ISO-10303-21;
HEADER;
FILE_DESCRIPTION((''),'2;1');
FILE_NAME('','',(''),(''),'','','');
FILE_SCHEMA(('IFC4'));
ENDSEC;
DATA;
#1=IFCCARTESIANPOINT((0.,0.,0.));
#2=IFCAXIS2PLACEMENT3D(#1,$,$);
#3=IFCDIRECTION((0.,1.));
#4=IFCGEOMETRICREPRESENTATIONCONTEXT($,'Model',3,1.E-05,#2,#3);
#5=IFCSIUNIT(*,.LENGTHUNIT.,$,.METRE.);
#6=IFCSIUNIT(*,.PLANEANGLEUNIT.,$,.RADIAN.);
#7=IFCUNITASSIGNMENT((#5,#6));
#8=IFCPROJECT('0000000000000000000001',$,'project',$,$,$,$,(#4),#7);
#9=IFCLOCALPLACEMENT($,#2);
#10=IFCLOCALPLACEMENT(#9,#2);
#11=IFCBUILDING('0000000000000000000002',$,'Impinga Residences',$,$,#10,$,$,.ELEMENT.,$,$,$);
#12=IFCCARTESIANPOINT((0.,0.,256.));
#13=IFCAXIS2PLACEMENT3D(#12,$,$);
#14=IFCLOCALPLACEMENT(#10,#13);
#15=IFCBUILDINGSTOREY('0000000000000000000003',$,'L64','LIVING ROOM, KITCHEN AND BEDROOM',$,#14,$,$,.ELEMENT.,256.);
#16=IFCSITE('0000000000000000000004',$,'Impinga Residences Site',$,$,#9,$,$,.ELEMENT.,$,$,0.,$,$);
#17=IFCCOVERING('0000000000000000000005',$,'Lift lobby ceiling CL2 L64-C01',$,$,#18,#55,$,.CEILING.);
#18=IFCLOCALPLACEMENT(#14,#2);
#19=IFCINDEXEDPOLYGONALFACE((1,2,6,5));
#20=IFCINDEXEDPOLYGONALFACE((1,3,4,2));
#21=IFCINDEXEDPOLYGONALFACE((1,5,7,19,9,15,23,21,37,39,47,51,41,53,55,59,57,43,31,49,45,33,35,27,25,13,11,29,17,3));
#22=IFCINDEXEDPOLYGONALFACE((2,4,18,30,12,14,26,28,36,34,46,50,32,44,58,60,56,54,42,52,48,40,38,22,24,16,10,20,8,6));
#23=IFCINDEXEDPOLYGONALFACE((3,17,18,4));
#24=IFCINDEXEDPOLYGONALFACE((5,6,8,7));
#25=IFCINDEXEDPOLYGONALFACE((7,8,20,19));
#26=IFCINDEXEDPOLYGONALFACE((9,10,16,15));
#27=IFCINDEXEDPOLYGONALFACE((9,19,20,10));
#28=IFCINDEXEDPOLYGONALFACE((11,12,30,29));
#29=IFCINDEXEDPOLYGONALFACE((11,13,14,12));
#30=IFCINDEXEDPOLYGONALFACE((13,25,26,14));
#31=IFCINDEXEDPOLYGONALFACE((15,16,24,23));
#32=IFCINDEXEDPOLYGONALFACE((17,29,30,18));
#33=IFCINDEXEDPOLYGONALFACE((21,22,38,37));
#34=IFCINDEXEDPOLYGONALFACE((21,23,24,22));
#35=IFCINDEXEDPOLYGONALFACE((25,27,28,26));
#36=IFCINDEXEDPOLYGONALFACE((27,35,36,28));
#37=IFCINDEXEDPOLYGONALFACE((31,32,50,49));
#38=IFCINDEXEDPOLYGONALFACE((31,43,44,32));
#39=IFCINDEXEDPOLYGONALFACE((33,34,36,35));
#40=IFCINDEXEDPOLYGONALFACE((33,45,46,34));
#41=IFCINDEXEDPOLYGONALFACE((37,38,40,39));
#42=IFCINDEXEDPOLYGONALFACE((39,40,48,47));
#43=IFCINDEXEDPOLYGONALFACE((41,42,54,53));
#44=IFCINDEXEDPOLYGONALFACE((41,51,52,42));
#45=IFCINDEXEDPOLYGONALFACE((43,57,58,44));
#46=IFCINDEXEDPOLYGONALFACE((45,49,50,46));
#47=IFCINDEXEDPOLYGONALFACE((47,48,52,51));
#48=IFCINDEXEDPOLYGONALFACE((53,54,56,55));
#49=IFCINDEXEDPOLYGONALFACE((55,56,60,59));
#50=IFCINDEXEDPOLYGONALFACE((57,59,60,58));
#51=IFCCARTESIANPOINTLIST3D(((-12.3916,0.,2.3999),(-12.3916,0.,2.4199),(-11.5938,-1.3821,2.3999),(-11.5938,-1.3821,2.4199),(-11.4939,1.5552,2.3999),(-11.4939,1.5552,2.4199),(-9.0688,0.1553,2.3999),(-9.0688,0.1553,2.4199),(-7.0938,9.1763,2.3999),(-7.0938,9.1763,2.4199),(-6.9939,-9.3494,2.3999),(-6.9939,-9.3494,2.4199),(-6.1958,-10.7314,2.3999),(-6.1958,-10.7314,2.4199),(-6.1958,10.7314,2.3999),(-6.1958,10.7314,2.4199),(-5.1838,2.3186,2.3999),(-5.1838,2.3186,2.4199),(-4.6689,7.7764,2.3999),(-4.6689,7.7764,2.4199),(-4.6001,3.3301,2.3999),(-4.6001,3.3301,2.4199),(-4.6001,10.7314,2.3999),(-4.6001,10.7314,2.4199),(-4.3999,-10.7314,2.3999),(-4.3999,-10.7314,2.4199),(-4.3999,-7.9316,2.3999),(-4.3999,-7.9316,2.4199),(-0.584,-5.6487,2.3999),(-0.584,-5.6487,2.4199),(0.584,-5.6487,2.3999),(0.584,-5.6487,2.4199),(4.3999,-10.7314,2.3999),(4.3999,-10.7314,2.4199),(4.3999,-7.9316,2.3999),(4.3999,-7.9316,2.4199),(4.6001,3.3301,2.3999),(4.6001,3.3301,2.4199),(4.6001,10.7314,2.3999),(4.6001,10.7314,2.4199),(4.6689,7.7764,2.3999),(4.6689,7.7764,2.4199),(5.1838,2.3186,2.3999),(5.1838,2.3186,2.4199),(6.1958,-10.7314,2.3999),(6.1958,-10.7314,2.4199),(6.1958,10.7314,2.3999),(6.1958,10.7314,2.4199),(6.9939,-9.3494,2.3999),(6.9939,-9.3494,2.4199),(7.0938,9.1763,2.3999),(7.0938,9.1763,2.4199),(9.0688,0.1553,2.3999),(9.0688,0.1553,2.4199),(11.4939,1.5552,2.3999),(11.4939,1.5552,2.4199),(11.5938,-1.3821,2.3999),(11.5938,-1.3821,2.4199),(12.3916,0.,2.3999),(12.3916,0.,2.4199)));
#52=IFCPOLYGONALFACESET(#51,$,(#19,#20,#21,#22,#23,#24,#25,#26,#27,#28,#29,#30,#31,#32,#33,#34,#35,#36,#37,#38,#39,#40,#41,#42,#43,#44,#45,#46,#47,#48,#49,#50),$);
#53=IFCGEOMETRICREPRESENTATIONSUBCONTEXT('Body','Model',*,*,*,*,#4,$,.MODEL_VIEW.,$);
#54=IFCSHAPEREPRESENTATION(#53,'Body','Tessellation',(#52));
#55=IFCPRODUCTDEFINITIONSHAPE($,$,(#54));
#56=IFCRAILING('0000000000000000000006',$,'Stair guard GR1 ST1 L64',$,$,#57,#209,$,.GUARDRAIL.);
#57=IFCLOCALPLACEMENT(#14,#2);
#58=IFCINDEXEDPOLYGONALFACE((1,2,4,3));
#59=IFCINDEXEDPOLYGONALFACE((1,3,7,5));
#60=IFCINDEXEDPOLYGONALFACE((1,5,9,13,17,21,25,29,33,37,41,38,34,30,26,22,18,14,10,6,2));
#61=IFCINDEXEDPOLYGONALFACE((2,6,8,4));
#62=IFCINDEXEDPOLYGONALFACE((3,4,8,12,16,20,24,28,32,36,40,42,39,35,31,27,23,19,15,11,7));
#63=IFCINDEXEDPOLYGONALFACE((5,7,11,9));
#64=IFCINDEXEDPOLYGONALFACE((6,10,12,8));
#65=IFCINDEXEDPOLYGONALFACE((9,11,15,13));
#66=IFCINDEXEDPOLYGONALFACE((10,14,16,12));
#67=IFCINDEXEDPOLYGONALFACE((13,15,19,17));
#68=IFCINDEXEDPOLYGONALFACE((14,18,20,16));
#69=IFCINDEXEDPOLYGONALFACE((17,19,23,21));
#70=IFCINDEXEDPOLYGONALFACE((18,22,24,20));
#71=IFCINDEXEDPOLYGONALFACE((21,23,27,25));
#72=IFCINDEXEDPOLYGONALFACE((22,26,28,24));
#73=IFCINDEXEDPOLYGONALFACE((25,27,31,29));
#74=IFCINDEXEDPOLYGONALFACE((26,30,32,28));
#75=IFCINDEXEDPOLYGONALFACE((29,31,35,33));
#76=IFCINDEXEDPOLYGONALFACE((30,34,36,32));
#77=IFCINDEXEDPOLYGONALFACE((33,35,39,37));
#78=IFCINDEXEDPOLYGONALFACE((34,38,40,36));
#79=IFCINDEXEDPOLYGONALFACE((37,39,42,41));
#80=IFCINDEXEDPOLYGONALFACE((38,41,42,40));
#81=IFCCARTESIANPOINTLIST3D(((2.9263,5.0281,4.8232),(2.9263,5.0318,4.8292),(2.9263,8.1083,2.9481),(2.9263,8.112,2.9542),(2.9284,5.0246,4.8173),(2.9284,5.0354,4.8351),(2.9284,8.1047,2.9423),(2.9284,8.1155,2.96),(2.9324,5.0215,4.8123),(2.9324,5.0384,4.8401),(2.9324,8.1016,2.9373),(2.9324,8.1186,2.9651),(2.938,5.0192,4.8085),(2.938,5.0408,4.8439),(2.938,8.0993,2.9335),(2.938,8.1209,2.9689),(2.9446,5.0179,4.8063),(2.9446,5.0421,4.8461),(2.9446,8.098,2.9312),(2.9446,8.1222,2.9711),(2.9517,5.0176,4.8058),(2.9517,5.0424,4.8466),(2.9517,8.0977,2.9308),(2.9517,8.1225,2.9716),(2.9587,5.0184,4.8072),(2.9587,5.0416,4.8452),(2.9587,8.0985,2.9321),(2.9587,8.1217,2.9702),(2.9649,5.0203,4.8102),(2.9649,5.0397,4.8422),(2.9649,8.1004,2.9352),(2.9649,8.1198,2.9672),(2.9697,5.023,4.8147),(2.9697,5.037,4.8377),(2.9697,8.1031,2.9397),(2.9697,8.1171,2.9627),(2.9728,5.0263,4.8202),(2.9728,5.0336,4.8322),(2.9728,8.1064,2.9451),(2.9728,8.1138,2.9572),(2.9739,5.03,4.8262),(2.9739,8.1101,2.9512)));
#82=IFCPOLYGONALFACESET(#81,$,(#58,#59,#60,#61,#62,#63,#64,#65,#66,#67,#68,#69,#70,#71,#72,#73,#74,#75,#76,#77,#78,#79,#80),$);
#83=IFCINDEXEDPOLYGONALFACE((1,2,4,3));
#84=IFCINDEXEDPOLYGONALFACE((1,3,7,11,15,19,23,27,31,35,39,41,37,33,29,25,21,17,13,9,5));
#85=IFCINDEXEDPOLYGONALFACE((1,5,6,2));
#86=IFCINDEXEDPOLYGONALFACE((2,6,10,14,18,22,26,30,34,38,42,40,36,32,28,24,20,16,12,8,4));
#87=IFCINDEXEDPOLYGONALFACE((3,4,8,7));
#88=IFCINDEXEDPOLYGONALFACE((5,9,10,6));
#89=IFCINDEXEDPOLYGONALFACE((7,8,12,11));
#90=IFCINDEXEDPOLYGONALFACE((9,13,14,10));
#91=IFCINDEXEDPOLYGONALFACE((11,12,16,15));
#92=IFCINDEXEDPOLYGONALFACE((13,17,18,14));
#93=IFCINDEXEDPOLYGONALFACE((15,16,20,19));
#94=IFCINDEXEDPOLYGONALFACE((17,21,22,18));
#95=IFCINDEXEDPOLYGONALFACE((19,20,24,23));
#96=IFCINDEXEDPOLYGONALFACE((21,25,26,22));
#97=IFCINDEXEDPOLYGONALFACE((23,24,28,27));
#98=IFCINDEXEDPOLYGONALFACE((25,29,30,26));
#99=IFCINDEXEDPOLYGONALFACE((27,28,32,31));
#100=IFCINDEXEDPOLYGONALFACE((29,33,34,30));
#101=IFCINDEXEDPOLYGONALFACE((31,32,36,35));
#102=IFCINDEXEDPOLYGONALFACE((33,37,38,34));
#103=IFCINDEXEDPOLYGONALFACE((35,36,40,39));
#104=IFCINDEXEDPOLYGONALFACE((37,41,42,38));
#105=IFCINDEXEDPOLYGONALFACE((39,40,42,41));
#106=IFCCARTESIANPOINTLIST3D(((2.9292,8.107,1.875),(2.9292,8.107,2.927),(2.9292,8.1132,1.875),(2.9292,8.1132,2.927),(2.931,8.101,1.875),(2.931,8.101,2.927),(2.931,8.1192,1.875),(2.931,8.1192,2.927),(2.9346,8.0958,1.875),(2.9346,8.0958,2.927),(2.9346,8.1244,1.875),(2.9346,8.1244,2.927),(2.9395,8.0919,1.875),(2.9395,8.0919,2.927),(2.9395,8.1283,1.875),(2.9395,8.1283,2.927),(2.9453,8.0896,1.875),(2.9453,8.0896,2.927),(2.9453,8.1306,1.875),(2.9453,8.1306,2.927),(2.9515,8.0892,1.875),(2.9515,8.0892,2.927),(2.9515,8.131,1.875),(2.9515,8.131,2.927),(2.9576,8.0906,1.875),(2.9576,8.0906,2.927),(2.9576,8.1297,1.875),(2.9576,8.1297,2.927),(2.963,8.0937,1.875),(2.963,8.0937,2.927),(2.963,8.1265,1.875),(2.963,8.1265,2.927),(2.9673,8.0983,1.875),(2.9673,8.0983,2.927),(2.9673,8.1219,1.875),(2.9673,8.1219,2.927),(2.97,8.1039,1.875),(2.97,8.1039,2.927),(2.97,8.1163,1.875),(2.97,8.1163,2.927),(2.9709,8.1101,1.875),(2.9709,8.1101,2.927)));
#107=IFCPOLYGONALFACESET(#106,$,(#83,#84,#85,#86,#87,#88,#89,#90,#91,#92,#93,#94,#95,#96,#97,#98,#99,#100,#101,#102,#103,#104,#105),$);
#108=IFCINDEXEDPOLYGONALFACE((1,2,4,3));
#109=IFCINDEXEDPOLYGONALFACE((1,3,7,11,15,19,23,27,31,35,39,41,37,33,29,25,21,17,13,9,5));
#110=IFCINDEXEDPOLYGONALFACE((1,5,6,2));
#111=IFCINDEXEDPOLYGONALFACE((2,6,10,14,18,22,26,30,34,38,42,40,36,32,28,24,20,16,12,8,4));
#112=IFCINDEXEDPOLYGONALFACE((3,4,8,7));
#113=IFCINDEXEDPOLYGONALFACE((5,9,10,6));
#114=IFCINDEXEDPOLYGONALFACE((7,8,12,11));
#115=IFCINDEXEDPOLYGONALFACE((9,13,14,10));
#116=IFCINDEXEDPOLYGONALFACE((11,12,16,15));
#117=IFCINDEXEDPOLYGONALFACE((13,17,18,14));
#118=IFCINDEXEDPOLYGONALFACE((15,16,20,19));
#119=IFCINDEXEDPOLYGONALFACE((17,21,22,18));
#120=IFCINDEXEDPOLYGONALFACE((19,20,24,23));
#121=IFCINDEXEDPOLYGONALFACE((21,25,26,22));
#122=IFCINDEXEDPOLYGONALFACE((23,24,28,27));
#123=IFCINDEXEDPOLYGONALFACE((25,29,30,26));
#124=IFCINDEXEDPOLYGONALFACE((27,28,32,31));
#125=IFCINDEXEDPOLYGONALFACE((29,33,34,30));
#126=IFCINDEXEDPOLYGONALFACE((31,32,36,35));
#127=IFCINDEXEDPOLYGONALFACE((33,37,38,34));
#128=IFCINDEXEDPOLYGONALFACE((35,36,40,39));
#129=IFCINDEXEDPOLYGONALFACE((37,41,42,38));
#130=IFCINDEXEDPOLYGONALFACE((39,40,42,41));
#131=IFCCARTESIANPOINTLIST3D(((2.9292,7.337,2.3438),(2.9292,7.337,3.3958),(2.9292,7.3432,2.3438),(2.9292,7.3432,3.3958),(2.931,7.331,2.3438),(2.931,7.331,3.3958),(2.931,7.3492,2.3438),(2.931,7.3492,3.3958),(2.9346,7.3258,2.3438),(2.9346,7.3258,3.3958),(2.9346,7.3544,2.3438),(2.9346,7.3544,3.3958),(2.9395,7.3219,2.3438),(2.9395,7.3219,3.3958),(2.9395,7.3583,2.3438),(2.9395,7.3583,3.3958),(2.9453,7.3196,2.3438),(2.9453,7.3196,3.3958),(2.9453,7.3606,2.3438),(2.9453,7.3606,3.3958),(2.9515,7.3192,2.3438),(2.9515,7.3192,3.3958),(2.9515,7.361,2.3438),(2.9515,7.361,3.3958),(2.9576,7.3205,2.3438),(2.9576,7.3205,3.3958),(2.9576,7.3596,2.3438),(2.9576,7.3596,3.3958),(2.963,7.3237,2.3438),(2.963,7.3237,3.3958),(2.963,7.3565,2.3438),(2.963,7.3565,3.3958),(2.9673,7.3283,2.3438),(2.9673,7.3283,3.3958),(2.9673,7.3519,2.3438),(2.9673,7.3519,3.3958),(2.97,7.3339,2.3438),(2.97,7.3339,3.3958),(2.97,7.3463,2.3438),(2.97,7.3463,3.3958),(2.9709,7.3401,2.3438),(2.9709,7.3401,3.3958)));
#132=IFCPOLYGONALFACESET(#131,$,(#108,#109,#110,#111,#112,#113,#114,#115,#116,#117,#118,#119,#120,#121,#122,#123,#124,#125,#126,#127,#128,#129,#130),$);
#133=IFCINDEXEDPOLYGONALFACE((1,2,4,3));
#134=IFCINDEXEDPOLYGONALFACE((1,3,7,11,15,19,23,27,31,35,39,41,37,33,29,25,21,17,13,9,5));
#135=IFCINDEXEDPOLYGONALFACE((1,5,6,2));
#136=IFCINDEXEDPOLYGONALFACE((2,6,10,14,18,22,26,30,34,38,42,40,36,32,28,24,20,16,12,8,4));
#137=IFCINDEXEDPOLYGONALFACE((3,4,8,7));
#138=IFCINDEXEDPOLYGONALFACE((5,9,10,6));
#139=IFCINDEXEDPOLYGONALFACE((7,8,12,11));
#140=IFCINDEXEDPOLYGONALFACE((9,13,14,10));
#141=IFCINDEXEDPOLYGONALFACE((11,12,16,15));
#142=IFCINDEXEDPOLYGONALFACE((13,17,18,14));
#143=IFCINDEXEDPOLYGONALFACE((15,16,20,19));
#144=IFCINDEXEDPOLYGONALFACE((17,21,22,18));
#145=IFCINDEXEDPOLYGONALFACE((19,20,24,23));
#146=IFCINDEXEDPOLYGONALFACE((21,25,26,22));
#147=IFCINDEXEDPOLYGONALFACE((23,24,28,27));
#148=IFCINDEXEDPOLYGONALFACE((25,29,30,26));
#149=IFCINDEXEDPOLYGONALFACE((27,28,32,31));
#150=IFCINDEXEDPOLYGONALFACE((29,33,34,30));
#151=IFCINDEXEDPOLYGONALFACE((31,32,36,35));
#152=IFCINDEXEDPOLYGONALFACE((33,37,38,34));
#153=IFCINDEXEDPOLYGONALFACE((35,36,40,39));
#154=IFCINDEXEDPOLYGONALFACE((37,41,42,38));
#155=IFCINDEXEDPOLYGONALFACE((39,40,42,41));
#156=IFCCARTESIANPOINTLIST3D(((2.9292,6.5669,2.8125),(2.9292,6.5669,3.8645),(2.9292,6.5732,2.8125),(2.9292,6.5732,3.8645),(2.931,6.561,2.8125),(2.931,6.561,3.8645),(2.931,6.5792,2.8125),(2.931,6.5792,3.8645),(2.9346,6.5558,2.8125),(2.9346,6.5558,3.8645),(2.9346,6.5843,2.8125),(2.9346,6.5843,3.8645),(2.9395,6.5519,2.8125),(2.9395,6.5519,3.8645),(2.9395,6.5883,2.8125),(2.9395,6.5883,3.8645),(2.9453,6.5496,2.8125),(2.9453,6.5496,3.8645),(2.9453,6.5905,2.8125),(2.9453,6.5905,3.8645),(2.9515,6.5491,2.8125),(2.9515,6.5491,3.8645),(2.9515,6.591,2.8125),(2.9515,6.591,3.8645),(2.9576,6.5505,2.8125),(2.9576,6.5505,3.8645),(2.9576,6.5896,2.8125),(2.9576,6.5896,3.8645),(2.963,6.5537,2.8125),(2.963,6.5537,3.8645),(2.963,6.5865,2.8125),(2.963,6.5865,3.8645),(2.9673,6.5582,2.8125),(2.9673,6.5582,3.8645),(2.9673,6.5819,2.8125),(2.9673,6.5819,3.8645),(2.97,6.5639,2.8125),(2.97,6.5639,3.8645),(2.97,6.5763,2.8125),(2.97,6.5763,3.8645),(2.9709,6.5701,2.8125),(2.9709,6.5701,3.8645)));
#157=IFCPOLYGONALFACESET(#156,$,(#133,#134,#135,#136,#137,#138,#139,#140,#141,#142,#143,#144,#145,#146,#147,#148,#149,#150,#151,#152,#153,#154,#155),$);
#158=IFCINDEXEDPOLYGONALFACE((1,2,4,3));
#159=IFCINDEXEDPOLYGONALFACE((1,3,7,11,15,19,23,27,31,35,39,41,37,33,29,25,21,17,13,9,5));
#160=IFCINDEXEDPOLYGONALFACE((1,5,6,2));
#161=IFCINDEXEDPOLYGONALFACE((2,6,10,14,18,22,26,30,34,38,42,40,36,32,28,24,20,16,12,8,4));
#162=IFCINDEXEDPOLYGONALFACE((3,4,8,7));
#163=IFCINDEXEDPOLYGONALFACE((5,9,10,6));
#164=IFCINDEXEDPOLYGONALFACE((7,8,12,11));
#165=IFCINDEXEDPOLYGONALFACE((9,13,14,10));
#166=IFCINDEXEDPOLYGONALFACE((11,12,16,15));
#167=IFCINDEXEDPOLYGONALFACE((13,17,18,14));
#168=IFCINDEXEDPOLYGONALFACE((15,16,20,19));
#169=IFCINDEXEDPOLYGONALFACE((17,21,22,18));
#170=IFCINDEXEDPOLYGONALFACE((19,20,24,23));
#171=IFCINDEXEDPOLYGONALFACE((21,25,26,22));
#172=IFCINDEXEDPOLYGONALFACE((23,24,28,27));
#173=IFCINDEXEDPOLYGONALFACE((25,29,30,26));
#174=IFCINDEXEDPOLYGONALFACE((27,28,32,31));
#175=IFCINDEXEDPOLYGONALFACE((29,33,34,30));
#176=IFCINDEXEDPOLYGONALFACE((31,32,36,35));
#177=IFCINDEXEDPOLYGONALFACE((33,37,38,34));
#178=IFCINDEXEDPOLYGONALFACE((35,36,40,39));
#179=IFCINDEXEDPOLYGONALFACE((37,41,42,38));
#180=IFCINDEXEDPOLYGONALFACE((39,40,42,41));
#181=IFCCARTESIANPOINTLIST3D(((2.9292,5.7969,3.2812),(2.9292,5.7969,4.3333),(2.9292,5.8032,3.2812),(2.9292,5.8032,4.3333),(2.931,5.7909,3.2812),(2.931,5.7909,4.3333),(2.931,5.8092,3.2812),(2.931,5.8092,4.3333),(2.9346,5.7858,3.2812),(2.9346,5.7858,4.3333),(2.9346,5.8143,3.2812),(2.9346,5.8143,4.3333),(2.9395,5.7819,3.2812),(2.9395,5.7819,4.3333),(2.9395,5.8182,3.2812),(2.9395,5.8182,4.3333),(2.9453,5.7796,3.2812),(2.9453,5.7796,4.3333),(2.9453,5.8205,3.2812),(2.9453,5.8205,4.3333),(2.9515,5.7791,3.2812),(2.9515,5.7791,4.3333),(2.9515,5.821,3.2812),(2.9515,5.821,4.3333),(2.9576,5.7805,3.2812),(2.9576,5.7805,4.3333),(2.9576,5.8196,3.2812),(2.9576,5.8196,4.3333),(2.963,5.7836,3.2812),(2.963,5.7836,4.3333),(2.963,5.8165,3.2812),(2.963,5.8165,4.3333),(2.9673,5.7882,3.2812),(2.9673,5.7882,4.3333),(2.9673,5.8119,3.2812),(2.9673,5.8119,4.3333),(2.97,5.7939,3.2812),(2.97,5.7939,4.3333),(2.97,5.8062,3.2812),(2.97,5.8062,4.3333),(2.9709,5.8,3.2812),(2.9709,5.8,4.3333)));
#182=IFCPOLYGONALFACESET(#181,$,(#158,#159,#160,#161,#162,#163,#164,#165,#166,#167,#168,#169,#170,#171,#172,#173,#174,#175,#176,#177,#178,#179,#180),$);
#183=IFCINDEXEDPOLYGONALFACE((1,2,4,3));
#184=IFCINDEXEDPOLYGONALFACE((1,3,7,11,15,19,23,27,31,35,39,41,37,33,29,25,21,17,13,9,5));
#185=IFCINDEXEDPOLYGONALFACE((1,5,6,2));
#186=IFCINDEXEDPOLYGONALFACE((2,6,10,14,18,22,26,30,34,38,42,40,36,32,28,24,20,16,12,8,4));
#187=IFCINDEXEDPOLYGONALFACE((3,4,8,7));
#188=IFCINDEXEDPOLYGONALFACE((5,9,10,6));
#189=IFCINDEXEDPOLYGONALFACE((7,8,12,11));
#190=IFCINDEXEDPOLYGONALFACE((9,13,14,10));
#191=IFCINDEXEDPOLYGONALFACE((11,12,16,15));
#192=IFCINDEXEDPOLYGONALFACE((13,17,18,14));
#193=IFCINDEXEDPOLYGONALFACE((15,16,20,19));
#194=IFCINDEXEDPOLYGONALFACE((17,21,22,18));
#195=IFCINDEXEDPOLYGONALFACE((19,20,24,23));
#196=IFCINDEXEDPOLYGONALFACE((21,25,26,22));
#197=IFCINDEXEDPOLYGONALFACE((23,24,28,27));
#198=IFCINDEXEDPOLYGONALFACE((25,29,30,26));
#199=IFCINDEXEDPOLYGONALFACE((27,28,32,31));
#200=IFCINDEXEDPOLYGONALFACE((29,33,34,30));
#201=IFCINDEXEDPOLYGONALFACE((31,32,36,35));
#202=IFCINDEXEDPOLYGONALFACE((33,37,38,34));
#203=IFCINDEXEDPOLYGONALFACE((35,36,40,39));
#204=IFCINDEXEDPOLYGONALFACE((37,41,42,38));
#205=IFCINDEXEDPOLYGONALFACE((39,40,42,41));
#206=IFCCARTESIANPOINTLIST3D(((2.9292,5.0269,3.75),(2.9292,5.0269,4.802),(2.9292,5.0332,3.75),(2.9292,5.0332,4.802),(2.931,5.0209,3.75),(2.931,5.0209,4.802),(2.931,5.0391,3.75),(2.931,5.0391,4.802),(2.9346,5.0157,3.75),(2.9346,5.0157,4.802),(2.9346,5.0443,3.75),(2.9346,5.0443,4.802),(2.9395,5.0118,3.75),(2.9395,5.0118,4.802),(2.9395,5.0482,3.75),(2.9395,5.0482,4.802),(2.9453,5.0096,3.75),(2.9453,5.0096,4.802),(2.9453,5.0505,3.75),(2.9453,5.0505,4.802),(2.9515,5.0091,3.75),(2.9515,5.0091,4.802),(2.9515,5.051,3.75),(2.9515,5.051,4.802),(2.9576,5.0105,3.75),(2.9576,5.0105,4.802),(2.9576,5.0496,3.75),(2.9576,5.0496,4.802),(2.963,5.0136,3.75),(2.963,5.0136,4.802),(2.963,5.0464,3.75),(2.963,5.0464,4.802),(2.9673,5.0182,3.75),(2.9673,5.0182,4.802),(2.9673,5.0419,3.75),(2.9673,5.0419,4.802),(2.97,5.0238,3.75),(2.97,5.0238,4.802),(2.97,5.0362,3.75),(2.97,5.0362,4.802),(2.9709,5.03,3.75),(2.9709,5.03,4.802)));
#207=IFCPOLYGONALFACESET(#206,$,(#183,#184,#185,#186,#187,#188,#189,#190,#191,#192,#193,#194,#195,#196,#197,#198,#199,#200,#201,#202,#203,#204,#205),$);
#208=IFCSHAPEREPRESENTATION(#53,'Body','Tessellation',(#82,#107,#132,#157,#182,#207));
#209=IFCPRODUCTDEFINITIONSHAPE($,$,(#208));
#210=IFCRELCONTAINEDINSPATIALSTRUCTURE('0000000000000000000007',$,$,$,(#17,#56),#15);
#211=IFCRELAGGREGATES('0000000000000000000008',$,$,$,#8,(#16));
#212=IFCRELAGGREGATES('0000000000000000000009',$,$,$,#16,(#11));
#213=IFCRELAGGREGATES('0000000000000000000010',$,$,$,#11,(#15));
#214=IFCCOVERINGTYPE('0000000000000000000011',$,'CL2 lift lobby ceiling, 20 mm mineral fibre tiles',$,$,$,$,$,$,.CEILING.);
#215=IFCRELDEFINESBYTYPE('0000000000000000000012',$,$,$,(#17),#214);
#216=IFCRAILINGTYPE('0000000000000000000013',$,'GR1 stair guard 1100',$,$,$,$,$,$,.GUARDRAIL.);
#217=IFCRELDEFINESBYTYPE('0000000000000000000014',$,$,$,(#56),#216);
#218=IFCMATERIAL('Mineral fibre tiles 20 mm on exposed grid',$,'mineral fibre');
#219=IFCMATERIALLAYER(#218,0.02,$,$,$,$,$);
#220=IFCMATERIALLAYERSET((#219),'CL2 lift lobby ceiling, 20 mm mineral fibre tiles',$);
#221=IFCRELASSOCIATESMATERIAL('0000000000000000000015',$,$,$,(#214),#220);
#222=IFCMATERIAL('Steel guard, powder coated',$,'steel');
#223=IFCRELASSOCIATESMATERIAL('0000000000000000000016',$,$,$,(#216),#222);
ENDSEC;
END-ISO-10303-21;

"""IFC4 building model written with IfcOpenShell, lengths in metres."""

from ifc_helpers import new_model, si_unit, direction, frame, origin, origin_2d, place, context, subcontext, project, spatial, polyline, circle, outline, extrude, material, layer, layer_set, type_object, element, save


model = new_model("IFC4")

# Units and contexts
model_context = context("Model", 3, precision=1e-05, world=origin(), true_north=direction((0.0, 1.0)))
body_context = subcontext(model_context, "Body", "Model", "MODEL_VIEW")
ifc_project = project(units=[si_unit("LENGTHUNIT", "METRE"), si_unit("PLANEANGLEUNIT", "RADIAN")], contexts=[model_context])

# Site, building, storey
site_placement = place(None, origin())
site = spatial("IfcSite", under=ifc_project, at=site_placement, Name="Impinga Residences Site", CompositionType="ELEMENT", RefElevation=0.0)
building_placement = place(site_placement, origin())
building = spatial("IfcBuilding", under=site, at=building_placement, Name="Impinga Residences", CompositionType="ELEMENT")
storey_placement = place(building_placement, frame((0.0, 0.0, 256.0)))
storey = spatial("IfcBuildingStorey", under=building, at=storey_placement, Name="L64", Description="LIVING ROOM, KITCHEN AND BEDROOM", CompositionType="ELEMENT", Elevation=256.0)

# Covering
ifc_material_1 = material(Name="Mineral fibre tiles 20 mm on exposed grid", Category="mineral fibre")
ifc_layer_1 = layer(ifc_material_1, 0.02)
ifc_layer_set_1 = layer_set([ifc_layer_1], Name="CL2 lift lobby ceiling, 20 mm mineral fibre tiles")
covering_type_1 = type_object("IfcCoveringType", Name="CL2 lift lobby ceiling, 20 mm mineral fibre tiles", PredefinedType="CEILING", material=ifc_layer_set_1)
covering_1_placement = place(storey_placement, frame((0.0, 0.0, 2.3999)))
element("IfcCovering", 1, at=covering_1_placement, inside=storey, type_object=covering_type_1, Name="Lift lobby ceiling CL2 L64-C01", PredefinedType="CEILING", context=body_context, shape_type="SweptSolid", body=[
    extrude(outline(polyline([(12.3916, 0.0), (11.5938, -1.3821), (5.1838, 2.3186), (0.584, -5.6487), (6.9939, -9.3494), (6.1958, -10.7314), (4.3999, -10.7314), (4.3999, -7.9316), (-4.3999, -7.9316), (-4.3999, -10.7314), (-6.1958, -10.7314), (-6.9939, -9.3494), (-0.584, -5.6487), (-5.1838, 2.3186), (-11.5938, -1.3821), (-12.3916, 0.0), (-11.4939, 1.5552), (-9.0688, 0.1553), (-4.6689, 7.7764), (-7.0938, 9.1763), (-6.1958, 10.7314), (-4.6001, 10.7314), (-4.6001, 3.3301), (4.6001, 3.3301), (4.6001, 10.7314), (6.1958, 10.7314), (7.0938, 9.1763), (4.6689, 7.7764), (9.0688, 0.1553), (11.4939, 1.5552), (12.3916, 0.0)])), origin(), (0.0, 0.0, 1.0), 0.02),
])

# Railing
ifc_material_2 = material(Name="Steel guard, powder coated", Category="steel")
railing_type_1 = type_object("IfcRailingType", Name="GR1 stair guard 1100", PredefinedType="GUARDRAIL", material=ifc_material_2)
railing_1_placement = place(storey_placement, frame((2.95, 8.1101, 1.875)))
element("IfcRailing", 2, at=railing_1_placement, inside=storey, type_object=railing_type_1, Name="Stair guard GR1 ST1 L64", PredefinedType="GUARDRAIL", context=body_context, shape_type="SweptSolid", body=[
    extrude(circle(Radius=0.0239, at=origin_2d()), frame((0.0, 0.0, 1.0762), z_axis=(0.0, -0.854178, 0.519981), x_axis=(1.0, 0.0, 0.0)), (0.0, 0.0, 1.0), 3.606),
    extrude(circle(Radius=0.021, at=origin_2d()), origin(), (0.0, 0.0, 1.0), 1.052),
    extrude(circle(Radius=0.021, at=origin_2d()), frame((0.0, -0.77, 0.4688)), (0.0, 0.0, 1.0), 1.052),
    extrude(circle(Radius=0.021, at=origin_2d()), frame((0.0, -1.54, 0.9375)), (0.0, 0.0, 1.0), 1.052),
    extrude(circle(Radius=0.021, at=origin_2d()), frame((0.0, -2.3101, 1.4062)), (0.0, 0.0, 1.0), 1.052),
    extrude(circle(Radius=0.021, at=origin_2d()), frame((0.0, -3.0801, 1.875)), (0.0, 0.0, 1.0), 1.052),
])

save(model, "model.ifc")
